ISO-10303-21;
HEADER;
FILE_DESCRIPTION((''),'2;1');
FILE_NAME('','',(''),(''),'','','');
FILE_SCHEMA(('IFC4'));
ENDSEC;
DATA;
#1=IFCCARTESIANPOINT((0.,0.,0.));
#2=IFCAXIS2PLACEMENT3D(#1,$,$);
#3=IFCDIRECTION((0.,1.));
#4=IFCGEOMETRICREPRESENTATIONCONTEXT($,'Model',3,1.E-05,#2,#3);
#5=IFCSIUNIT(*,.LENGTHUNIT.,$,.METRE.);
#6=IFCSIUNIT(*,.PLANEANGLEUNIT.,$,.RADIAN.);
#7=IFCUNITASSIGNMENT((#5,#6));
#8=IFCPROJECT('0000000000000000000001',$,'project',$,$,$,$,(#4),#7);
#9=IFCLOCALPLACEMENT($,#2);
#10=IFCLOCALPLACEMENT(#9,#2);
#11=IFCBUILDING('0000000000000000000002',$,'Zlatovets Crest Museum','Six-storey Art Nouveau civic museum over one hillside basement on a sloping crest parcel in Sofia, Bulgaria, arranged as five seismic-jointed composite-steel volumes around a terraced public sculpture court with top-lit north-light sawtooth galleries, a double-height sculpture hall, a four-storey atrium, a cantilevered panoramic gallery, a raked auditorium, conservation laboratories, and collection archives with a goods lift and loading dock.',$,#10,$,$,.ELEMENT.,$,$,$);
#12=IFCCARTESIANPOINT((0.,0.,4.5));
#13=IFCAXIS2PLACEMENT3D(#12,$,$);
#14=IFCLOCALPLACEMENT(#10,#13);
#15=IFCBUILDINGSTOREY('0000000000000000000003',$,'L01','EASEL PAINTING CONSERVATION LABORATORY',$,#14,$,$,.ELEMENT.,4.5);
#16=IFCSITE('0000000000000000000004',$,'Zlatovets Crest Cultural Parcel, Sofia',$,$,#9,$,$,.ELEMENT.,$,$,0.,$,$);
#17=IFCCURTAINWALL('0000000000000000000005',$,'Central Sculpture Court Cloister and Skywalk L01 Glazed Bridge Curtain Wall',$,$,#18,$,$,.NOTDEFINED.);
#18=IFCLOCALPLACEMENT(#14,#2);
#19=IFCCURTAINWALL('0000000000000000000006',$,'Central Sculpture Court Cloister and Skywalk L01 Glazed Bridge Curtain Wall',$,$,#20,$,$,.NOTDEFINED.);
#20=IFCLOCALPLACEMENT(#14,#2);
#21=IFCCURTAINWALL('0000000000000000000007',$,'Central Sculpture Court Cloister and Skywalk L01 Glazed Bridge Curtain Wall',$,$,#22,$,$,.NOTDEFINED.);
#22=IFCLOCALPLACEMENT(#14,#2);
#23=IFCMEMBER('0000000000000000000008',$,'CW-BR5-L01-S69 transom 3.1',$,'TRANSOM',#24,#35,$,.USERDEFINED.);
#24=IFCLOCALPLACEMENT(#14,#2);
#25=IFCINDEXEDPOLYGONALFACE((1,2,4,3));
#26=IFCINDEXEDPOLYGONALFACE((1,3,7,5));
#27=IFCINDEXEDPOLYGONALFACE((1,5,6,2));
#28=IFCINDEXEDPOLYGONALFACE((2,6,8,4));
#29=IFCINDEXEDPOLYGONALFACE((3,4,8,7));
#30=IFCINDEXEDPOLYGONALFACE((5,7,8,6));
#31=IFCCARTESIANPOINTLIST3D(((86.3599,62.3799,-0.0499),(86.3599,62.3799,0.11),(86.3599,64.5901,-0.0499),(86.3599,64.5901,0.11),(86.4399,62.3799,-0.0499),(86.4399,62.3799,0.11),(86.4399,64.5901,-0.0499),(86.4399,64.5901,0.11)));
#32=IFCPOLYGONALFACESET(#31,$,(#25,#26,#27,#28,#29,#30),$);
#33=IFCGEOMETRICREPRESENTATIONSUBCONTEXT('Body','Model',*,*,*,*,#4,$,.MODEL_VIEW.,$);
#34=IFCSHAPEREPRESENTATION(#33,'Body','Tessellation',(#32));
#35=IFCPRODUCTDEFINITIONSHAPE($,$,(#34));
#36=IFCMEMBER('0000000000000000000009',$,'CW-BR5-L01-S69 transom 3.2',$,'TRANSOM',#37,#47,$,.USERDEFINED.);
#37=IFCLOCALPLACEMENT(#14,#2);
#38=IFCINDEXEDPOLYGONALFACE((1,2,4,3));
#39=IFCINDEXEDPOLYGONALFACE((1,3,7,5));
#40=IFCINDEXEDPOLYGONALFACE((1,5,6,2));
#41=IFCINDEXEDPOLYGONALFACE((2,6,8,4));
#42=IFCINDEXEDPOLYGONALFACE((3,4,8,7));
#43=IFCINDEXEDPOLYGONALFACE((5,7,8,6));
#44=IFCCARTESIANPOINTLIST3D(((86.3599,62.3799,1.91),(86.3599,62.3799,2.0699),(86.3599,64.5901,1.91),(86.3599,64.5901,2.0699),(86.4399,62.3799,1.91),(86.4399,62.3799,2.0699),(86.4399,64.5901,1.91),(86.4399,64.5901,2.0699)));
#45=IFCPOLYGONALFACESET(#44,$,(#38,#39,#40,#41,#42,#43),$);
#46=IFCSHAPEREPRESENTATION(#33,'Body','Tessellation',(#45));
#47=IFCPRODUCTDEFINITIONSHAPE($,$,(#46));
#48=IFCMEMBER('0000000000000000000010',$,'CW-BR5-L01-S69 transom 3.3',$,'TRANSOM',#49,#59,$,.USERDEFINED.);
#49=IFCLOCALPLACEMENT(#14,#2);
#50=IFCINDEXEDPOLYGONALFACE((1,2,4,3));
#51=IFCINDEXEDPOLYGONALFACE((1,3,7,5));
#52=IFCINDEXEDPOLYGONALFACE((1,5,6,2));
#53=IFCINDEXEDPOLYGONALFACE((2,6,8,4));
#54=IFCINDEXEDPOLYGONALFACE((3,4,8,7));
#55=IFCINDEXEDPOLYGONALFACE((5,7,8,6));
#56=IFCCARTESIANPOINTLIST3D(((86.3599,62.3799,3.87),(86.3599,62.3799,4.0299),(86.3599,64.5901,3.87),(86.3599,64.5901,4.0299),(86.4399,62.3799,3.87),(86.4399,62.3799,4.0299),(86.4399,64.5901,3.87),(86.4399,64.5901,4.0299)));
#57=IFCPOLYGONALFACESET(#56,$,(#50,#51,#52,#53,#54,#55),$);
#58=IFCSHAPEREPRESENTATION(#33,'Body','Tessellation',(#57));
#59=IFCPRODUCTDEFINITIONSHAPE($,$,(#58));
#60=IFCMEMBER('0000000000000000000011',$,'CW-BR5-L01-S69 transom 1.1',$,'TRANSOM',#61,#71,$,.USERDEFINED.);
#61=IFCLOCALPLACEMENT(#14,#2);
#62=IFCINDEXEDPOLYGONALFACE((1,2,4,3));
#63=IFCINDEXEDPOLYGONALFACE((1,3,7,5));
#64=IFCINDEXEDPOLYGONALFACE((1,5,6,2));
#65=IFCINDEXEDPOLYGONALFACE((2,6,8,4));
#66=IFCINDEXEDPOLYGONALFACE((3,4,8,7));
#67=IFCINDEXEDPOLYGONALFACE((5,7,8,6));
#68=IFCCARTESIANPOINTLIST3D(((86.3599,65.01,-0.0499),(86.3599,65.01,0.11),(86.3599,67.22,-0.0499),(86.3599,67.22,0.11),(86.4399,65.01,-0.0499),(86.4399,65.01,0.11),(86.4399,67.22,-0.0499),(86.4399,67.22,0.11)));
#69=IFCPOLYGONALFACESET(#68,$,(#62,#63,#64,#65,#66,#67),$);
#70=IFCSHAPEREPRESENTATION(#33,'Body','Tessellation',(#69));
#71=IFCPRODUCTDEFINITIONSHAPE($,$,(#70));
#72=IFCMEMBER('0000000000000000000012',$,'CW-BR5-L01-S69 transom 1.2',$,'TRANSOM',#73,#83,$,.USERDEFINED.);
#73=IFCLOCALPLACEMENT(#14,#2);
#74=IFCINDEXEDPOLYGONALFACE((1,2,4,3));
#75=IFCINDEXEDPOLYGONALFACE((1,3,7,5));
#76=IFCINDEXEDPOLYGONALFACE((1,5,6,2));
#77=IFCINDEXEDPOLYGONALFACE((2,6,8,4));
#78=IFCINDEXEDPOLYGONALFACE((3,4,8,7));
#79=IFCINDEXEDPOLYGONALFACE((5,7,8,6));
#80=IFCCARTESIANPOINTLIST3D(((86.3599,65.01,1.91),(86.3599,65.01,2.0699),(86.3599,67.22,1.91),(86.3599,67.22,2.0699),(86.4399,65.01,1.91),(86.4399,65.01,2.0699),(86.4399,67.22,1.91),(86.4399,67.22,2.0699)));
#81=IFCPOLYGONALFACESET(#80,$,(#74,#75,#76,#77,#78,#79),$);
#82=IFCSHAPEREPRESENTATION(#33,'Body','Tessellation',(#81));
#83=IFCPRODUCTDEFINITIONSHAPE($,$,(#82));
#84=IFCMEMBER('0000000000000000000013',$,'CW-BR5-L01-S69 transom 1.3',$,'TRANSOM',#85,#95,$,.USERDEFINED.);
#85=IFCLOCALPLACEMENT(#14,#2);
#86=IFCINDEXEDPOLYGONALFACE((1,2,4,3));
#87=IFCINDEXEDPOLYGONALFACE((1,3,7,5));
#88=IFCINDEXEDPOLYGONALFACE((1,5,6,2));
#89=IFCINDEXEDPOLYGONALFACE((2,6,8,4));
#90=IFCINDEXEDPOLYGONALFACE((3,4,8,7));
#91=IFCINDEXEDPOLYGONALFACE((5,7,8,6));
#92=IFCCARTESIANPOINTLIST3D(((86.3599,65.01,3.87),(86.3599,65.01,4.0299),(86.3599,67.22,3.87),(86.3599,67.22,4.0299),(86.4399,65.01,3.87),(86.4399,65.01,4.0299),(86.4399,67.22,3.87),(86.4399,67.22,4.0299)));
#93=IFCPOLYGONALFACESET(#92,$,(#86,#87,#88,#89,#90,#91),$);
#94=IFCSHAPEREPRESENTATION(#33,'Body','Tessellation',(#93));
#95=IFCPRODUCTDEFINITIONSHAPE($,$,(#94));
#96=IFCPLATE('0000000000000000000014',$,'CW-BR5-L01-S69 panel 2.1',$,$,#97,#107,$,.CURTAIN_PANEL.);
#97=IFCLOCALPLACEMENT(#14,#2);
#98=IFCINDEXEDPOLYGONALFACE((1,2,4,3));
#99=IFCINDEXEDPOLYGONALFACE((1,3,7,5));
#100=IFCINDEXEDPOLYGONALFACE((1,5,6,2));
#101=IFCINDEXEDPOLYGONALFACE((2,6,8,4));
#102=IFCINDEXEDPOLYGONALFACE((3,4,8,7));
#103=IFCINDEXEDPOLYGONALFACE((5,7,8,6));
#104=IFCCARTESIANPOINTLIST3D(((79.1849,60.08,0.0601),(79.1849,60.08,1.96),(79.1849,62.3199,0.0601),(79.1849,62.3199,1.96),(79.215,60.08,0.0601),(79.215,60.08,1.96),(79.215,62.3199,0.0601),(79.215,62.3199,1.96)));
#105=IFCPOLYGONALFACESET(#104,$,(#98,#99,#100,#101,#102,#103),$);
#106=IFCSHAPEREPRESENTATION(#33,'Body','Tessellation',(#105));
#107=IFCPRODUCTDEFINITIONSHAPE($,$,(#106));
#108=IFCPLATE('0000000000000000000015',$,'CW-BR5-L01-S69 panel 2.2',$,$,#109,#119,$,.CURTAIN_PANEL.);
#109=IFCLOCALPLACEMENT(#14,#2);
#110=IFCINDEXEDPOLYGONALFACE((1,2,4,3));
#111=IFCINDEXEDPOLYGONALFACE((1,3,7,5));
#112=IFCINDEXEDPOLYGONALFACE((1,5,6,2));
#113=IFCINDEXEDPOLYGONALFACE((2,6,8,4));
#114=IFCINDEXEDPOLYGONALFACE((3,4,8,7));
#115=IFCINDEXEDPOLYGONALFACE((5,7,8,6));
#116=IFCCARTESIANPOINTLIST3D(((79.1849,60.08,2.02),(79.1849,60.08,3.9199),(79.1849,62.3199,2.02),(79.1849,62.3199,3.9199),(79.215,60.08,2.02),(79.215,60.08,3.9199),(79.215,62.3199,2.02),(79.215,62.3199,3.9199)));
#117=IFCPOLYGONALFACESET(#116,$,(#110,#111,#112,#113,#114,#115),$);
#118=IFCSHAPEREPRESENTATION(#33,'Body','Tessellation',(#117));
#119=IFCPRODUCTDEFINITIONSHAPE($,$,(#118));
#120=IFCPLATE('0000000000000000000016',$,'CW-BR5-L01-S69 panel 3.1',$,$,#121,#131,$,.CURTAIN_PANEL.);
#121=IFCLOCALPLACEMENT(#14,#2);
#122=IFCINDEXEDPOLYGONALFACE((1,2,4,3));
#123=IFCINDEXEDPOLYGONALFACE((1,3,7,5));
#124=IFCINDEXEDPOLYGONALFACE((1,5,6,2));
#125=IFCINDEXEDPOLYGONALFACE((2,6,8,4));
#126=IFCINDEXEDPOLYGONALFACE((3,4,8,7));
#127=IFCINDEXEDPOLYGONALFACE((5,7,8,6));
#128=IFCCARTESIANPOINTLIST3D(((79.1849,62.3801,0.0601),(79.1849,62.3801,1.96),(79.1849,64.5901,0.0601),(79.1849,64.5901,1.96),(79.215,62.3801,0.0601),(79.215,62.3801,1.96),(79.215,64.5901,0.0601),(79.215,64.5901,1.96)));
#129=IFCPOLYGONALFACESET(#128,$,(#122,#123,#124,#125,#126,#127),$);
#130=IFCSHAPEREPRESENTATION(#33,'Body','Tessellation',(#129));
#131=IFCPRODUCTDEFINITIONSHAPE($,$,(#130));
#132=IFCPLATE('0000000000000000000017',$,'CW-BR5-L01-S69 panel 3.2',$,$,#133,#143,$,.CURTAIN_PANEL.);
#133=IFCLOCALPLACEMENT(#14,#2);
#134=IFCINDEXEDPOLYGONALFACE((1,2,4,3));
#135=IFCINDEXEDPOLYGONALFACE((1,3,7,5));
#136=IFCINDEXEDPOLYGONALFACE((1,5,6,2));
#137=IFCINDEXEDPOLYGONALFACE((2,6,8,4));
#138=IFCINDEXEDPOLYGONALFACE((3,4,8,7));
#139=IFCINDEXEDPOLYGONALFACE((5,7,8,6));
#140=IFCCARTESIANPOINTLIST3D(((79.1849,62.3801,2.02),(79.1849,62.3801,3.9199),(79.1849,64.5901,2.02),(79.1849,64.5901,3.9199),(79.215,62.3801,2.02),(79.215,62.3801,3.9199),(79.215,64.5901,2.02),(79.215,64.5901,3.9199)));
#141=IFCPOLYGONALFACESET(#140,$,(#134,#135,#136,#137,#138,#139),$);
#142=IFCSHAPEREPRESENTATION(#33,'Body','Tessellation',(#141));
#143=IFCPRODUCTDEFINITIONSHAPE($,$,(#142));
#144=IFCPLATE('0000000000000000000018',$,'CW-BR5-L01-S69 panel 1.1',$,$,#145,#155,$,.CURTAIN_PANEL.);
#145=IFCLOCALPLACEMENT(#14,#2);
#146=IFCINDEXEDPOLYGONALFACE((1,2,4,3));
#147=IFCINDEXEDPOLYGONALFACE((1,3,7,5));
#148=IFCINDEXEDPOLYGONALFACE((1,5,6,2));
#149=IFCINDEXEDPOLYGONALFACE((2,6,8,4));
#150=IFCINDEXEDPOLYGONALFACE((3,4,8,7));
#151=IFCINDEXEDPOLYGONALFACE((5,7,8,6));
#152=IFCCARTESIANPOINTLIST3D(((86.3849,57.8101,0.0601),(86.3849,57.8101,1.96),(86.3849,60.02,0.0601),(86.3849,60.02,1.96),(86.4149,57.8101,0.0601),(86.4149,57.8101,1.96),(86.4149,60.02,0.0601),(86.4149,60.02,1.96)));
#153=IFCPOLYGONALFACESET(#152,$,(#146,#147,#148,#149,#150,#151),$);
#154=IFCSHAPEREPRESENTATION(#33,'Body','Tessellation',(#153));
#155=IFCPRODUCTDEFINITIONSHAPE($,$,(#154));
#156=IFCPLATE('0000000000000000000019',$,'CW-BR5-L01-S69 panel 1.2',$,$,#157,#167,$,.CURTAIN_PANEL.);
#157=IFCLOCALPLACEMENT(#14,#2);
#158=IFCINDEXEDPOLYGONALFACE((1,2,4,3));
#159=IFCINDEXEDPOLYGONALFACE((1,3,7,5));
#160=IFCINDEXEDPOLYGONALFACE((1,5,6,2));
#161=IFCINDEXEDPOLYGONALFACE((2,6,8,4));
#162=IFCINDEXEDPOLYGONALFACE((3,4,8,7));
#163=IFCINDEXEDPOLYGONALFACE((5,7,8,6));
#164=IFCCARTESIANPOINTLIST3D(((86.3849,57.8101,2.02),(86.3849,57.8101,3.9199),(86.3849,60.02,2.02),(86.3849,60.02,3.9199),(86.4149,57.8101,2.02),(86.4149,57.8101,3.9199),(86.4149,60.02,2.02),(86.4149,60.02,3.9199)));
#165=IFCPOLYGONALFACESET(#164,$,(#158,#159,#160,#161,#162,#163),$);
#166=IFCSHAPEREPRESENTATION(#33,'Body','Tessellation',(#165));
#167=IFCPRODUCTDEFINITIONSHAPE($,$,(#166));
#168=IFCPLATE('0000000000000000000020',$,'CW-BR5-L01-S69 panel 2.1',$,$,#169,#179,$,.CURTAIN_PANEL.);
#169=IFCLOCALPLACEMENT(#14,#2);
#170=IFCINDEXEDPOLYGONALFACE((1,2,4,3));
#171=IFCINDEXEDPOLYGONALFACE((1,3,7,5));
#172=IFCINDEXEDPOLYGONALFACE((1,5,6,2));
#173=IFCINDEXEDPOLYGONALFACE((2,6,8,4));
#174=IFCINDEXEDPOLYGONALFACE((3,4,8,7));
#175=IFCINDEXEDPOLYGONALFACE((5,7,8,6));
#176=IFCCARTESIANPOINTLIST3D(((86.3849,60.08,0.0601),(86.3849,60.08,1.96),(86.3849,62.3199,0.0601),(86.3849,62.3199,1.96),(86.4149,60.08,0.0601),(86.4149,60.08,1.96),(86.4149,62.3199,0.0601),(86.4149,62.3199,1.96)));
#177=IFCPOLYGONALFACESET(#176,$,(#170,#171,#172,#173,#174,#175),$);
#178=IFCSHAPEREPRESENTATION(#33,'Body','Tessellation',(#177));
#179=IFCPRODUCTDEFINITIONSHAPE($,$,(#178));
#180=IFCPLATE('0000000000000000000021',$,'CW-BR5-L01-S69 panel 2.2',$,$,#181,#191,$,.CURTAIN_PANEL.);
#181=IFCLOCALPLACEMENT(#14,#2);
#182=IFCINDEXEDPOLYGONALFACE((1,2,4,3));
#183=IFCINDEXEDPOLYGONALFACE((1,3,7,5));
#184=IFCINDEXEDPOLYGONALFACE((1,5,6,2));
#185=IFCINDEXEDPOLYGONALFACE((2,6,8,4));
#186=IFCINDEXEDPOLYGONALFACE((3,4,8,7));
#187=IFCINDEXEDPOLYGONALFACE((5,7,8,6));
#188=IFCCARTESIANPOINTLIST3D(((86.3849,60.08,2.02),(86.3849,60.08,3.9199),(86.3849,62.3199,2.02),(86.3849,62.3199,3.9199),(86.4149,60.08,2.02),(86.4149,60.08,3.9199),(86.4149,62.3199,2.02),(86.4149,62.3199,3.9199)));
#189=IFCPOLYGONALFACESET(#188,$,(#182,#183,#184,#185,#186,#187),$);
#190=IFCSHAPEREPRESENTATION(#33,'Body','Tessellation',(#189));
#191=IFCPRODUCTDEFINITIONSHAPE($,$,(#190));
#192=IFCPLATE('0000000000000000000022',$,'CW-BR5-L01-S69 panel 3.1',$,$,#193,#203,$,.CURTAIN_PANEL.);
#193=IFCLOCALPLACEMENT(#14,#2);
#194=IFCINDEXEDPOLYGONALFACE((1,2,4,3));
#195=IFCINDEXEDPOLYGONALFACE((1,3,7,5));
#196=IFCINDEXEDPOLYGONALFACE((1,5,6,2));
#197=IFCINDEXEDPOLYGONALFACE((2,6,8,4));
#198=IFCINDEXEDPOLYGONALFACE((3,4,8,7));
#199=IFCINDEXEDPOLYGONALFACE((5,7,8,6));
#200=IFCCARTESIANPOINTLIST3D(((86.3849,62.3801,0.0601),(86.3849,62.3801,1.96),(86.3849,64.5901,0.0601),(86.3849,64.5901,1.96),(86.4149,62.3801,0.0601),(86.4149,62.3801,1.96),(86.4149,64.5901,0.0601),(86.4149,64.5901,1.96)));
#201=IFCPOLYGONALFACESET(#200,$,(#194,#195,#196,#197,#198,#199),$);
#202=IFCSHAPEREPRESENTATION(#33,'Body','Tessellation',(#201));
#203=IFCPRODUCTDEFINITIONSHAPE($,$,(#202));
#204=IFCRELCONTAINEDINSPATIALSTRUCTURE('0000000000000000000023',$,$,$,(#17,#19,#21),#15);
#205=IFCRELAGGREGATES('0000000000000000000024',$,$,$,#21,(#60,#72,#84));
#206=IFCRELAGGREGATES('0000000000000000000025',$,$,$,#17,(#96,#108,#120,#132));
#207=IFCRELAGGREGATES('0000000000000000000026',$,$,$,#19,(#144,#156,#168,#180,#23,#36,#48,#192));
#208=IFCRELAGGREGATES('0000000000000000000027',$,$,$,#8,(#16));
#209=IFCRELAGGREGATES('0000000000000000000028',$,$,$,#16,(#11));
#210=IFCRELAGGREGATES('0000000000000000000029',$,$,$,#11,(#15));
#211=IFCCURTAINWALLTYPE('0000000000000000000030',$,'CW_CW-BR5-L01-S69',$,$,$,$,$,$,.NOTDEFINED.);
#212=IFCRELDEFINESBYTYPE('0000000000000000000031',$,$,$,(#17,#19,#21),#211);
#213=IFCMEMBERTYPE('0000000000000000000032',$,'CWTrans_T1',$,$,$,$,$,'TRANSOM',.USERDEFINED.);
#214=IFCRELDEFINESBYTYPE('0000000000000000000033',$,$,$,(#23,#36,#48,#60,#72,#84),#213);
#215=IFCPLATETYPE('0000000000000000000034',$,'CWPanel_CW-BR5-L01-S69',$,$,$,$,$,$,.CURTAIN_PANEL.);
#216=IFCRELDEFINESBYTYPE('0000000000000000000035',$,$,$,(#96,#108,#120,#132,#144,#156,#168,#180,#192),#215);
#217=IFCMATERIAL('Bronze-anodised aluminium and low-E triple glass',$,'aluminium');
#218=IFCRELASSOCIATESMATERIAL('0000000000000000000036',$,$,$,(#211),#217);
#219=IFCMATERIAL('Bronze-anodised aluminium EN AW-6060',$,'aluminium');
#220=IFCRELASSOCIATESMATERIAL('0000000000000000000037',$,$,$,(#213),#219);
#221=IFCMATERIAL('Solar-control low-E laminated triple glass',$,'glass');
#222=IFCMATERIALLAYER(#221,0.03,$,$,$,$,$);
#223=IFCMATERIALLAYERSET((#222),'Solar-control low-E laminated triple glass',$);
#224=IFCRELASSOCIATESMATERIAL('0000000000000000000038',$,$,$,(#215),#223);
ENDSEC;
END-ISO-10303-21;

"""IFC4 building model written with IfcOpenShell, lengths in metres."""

from ifc_helpers import new_model, si_unit, direction, frame, origin, origin_2d, place, context, subcontext, project, spatial, rectangle, extrude, material, layer, layer_set, material_profile, profile_set, type_object, element, aggregate, save


model = new_model("IFC4")

# Units and contexts
model_context = context("Model", 3, precision=1e-05, world=origin(), true_north=direction((0.0, 1.0)))
body_context = subcontext(model_context, "Body", "Model", "MODEL_VIEW")
ifc_project = project(units=[si_unit("LENGTHUNIT", "METRE"), si_unit("PLANEANGLEUNIT", "RADIAN")], contexts=[model_context])

# Site, building, storey
site_placement = place(None, origin())
site = spatial("IfcSite", under=ifc_project, at=site_placement, Name="Zlatovets Crest Cultural Parcel, Sofia", CompositionType="ELEMENT", RefElevation=0.0)
building_placement = place(site_placement, origin())
building = spatial("IfcBuilding", under=site, at=building_placement, Name="Zlatovets Crest Museum", Description="Six-storey Art Nouveau civic museum over one hillside basement on a sloping crest parcel in Sofia, Bulgaria, arranged as five seismic-jointed composite-steel volumes around a terraced public sculpture court with top-lit north-light sawtooth galleries, a double-height sculpture hall, a four-storey atrium, a cantilevered panoramic gallery, a raked auditorium, conservation laboratories, and collection archives with a goods lift and loading dock.", CompositionType="ELEMENT")
storey_placement = place(building_placement, frame((0.0, 0.0, 4.5)))
storey = spatial("IfcBuildingStorey", under=building, at=storey_placement, Name="L01", Description="EASEL PAINTING CONSERVATION LABORATORY", CompositionType="ELEMENT", Elevation=4.5)

# Curtain wall
ifc_material_1 = material(Name="Bronze-anodised aluminium and low-E triple glass", Category="aluminium")
curtain_wall_type = type_object("IfcCurtainWallType", Name="CW_CW-BR5-L01-S69", PredefinedType="NOTDEFINED", material=ifc_material_1)
curtain_wall_1_placement = place(storey_placement, origin())
curtain_wall_1 = element("IfcCurtainWall", 1, at=curtain_wall_1_placement, inside=storey, type_object=curtain_wall_type, Name="Central Sculpture Court Cloister and Skywalk L01 Glazed Bridge Curtain Wall", PredefinedType="NOTDEFINED")
ifc_material_2 = material(Name="Bronze-anodised aluminium EN AW-6060", Category="aluminium")

# Curtain wall
curtain_wall_2_placement = place(storey_placement, origin())
curtain_wall_2 = element("IfcCurtainWall", 2, at=curtain_wall_2_placement, inside=storey, type_object=curtain_wall_type, Name="Central Sculpture Court Cloister and Skywalk L01 Glazed Bridge Curtain Wall", PredefinedType="NOTDEFINED")

# Curtain wall
curtain_wall_3_placement = place(storey_placement, origin())
curtain_wall_3 = element("IfcCurtainWall", 3, at=curtain_wall_3_placement, inside=storey, type_object=curtain_wall_type, Name="Central Sculpture Court Cloister and Skywalk L01 Glazed Bridge Curtain Wall", PredefinedType="NOTDEFINED")

# Members
ifc_material_profile_1 = material_profile(ifc_material_2, rectangle(XDim=0.0801, YDim=0.1599, at=origin_2d()), Name="ALU 80x160")
ifc_profile_set_1 = profile_set([ifc_material_profile_1], Name="Bronze-anodised aluminium EN AW-6060")
member_type_1 = type_object("IfcMemberType", Name="CWTrans_T1", ElementType="TRANSOM", PredefinedType="USERDEFINED", material=ifc_profile_set_1)
member_1_placement = place(storey_placement, frame((86.3999, 62.3799, 0.03), z_axis=(0.0, 1.0, 0.0), x_axis=(-1.0, 0.0, 0.0)))
member_1 = element("IfcMember", 4, at=member_1_placement, type_object=member_type_1, Name="CW-BR5-L01-S69 transom 3.1", ObjectType="TRANSOM", PredefinedType="USERDEFINED", context=body_context, shape_type="SweptSolid", body=[
    extrude(rectangle(XDim=0.0801, YDim=0.1599, at=origin_2d()), origin(), (0.0, 0.0, 1.0), 2.2102),
])
member_2_placement = place(storey_placement, frame((86.3999, 62.3799, 1.99), z_axis=(0.0, 1.0, 0.0), x_axis=(-1.0, 0.0, 0.0)))
member_2 = element("IfcMember", 5, at=member_2_placement, type_object=member_type_1, Name="CW-BR5-L01-S69 transom 3.2", ObjectType="TRANSOM", PredefinedType="USERDEFINED", context=body_context, shape_type="SweptSolid", body=[
    extrude(rectangle(XDim=0.0801, YDim=0.1599, at=origin_2d()), origin(), (0.0, 0.0, 1.0), 2.2102),
])
member_3_placement = place(storey_placement, frame((86.3999, 62.3799, 3.95), z_axis=(0.0, 1.0, 0.0), x_axis=(-1.0, 0.0, 0.0)))
member_3 = element("IfcMember", 6, at=member_3_placement, type_object=member_type_1, Name="CW-BR5-L01-S69 transom 3.3", ObjectType="TRANSOM", PredefinedType="USERDEFINED", context=body_context, shape_type="SweptSolid", body=[
    extrude(rectangle(XDim=0.0801, YDim=0.1599, at=origin_2d()), origin(), (0.0, 0.0, 1.0), 2.2102),
])
member_4_placement = place(storey_placement, frame((86.3999, 65.01, 0.03), z_axis=(0.0, 1.0, 0.0), x_axis=(-1.0, 0.0, 0.0)))
member_4 = element("IfcMember", 7, at=member_4_placement, type_object=member_type_1, Name="CW-BR5-L01-S69 transom 1.1", ObjectType="TRANSOM", PredefinedType="USERDEFINED", context=body_context, shape_type="SweptSolid", body=[
    extrude(rectangle(XDim=0.0801, YDim=0.1599, at=origin_2d()), origin(), (0.0, 0.0, 1.0), 2.21),
])
member_5_placement = place(storey_placement, frame((86.3999, 65.01, 1.99), z_axis=(0.0, 1.0, 0.0), x_axis=(-1.0, 0.0, 0.0)))
member_5 = element("IfcMember", 8, at=member_5_placement, type_object=member_type_1, Name="CW-BR5-L01-S69 transom 1.2", ObjectType="TRANSOM", PredefinedType="USERDEFINED", context=body_context, shape_type="SweptSolid", body=[
    extrude(rectangle(XDim=0.0801, YDim=0.1599, at=origin_2d()), origin(), (0.0, 0.0, 1.0), 2.21),
])
member_6_placement = place(storey_placement, frame((86.3999, 65.01, 3.95), z_axis=(0.0, 1.0, 0.0), x_axis=(-1.0, 0.0, 0.0)))
member_6 = element("IfcMember", 9, at=member_6_placement, type_object=member_type_1, Name="CW-BR5-L01-S69 transom 1.3", ObjectType="TRANSOM", PredefinedType="USERDEFINED", context=body_context, shape_type="SweptSolid", body=[
    extrude(rectangle(XDim=0.0801, YDim=0.1599, at=origin_2d()), origin(), (0.0, 0.0, 1.0), 2.21),
])
aggregate(curtain_wall_3, [member_4, member_5, member_6])

# Plates
ifc_material_3 = material(Name="Solar-control low-E laminated triple glass", Category="glass")
ifc_layer = layer(ifc_material_3, 0.03)
ifc_layer_set = layer_set([ifc_layer], Name="Solar-control low-E laminated triple glass")
plate_type = type_object("IfcPlateType", Name="CWPanel_CW-BR5-L01-S69", PredefinedType="CURTAIN_PANEL", material=ifc_layer_set)
plate_1_placement = place(storey_placement, frame((79.2, 61.2, 0.0601), z_axis=(0.0, 0.0, 1.0), x_axis=(0.0, 1.0, 0.0)))
plate_1 = element("IfcPlate", 10, at=plate_1_placement, type_object=plate_type, Name="CW-BR5-L01-S69 panel 2.1", PredefinedType="CURTAIN_PANEL", context=body_context, shape_type="SweptSolid", body=[
    extrude(rectangle(XDim=2.24, YDim=0.03, at=origin_2d()), origin(), (0.0, 0.0, 1.0), 1.8999),
])
plate_2_placement = place(storey_placement, frame((79.2, 61.2, 2.02), z_axis=(0.0, 0.0, 1.0), x_axis=(0.0, 1.0, 0.0)))
plate_2 = element("IfcPlate", 11, at=plate_2_placement, type_object=plate_type, Name="CW-BR5-L01-S69 panel 2.2", PredefinedType="CURTAIN_PANEL", context=body_context, shape_type="SweptSolid", body=[
    extrude(rectangle(XDim=2.24, YDim=0.03, at=origin_2d()), origin(), (0.0, 0.0, 1.0), 1.8999),
])
plate_3_placement = place(storey_placement, frame((79.2, 63.4851, 0.0601), z_axis=(0.0, 0.0, 1.0), x_axis=(0.0, 1.0, 0.0)))
plate_3 = element("IfcPlate", 12, at=plate_3_placement, type_object=plate_type, Name="CW-BR5-L01-S69 panel 3.1", PredefinedType="CURTAIN_PANEL", context=body_context, shape_type="SweptSolid", body=[
    extrude(rectangle(XDim=2.21, YDim=0.03, at=origin_2d()), origin(), (0.0, 0.0, 1.0), 1.8999),
])
plate_4_placement = place(storey_placement, frame((79.2, 63.4851, 2.02), z_axis=(0.0, 0.0, 1.0), x_axis=(0.0, 1.0, 0.0)))
plate_4 = element("IfcPlate", 13, at=plate_4_placement, type_object=plate_type, Name="CW-BR5-L01-S69 panel 3.2", PredefinedType="CURTAIN_PANEL", context=body_context, shape_type="SweptSolid", body=[
    extrude(rectangle(XDim=2.21, YDim=0.03, at=origin_2d()), origin(), (0.0, 0.0, 1.0), 1.8999),
])
aggregate(curtain_wall_1, [plate_1, plate_2, plate_3, plate_4])
plate_5_placement = place(storey_placement, frame((86.3999, 58.915, 0.0601), z_axis=(0.0, 0.0, 1.0), x_axis=(0.0, 1.0, 0.0)))
plate_5 = element("IfcPlate", 14, at=plate_5_placement, type_object=plate_type, Name="CW-BR5-L01-S69 panel 1.1", PredefinedType="CURTAIN_PANEL", context=body_context, shape_type="SweptSolid", body=[
    extrude(rectangle(XDim=2.21, YDim=0.03, at=origin_2d()), origin(), (0.0, 0.0, 1.0), 1.8999),
])
plate_6_placement = place(storey_placement, frame((86.3999, 58.915, 2.02), z_axis=(0.0, 0.0, 1.0), x_axis=(0.0, 1.0, 0.0)))
plate_6 = element("IfcPlate", 15, at=plate_6_placement, type_object=plate_type, Name="CW-BR5-L01-S69 panel 1.2", PredefinedType="CURTAIN_PANEL", context=body_context, shape_type="SweptSolid", body=[
    extrude(rectangle(XDim=2.21, YDim=0.03, at=origin_2d()), origin(), (0.0, 0.0, 1.0), 1.8999),
])
plate_7_placement = place(storey_placement, frame((86.3999, 61.2, 0.0601), z_axis=(0.0, 0.0, 1.0), x_axis=(0.0, 1.0, 0.0)))
plate_7 = element("IfcPlate", 16, at=plate_7_placement, type_object=plate_type, Name="CW-BR5-L01-S69 panel 2.1", PredefinedType="CURTAIN_PANEL", context=body_context, shape_type="SweptSolid", body=[
    extrude(rectangle(XDim=2.24, YDim=0.03, at=origin_2d()), origin(), (0.0, 0.0, 1.0), 1.8999),
])
plate_8_placement = place(storey_placement, frame((86.3999, 61.2, 2.02), z_axis=(0.0, 0.0, 1.0), x_axis=(0.0, 1.0, 0.0)))
plate_8 = element("IfcPlate", 17, at=plate_8_placement, type_object=plate_type, Name="CW-BR5-L01-S69 panel 2.2", PredefinedType="CURTAIN_PANEL", context=body_context, shape_type="SweptSolid", body=[
    extrude(rectangle(XDim=2.24, YDim=0.03, at=origin_2d()), origin(), (0.0, 0.0, 1.0), 1.8999),
])
plate_9_placement = place(storey_placement, frame((86.3999, 63.4851, 0.0601), z_axis=(0.0, 0.0, 1.0), x_axis=(0.0, 1.0, 0.0)))
plate_9 = element("IfcPlate", 18, at=plate_9_placement, type_object=plate_type, Name="CW-BR5-L01-S69 panel 3.1", PredefinedType="CURTAIN_PANEL", context=body_context, shape_type="SweptSolid", body=[
    extrude(rectangle(XDim=2.21, YDim=0.03, at=origin_2d()), origin(), (0.0, 0.0, 1.0), 1.8999),
])
aggregate(curtain_wall_2, [plate_5, plate_6, plate_7, plate_8, member_1, member_2, member_3, plate_9])

save(model, "model.ifc")
